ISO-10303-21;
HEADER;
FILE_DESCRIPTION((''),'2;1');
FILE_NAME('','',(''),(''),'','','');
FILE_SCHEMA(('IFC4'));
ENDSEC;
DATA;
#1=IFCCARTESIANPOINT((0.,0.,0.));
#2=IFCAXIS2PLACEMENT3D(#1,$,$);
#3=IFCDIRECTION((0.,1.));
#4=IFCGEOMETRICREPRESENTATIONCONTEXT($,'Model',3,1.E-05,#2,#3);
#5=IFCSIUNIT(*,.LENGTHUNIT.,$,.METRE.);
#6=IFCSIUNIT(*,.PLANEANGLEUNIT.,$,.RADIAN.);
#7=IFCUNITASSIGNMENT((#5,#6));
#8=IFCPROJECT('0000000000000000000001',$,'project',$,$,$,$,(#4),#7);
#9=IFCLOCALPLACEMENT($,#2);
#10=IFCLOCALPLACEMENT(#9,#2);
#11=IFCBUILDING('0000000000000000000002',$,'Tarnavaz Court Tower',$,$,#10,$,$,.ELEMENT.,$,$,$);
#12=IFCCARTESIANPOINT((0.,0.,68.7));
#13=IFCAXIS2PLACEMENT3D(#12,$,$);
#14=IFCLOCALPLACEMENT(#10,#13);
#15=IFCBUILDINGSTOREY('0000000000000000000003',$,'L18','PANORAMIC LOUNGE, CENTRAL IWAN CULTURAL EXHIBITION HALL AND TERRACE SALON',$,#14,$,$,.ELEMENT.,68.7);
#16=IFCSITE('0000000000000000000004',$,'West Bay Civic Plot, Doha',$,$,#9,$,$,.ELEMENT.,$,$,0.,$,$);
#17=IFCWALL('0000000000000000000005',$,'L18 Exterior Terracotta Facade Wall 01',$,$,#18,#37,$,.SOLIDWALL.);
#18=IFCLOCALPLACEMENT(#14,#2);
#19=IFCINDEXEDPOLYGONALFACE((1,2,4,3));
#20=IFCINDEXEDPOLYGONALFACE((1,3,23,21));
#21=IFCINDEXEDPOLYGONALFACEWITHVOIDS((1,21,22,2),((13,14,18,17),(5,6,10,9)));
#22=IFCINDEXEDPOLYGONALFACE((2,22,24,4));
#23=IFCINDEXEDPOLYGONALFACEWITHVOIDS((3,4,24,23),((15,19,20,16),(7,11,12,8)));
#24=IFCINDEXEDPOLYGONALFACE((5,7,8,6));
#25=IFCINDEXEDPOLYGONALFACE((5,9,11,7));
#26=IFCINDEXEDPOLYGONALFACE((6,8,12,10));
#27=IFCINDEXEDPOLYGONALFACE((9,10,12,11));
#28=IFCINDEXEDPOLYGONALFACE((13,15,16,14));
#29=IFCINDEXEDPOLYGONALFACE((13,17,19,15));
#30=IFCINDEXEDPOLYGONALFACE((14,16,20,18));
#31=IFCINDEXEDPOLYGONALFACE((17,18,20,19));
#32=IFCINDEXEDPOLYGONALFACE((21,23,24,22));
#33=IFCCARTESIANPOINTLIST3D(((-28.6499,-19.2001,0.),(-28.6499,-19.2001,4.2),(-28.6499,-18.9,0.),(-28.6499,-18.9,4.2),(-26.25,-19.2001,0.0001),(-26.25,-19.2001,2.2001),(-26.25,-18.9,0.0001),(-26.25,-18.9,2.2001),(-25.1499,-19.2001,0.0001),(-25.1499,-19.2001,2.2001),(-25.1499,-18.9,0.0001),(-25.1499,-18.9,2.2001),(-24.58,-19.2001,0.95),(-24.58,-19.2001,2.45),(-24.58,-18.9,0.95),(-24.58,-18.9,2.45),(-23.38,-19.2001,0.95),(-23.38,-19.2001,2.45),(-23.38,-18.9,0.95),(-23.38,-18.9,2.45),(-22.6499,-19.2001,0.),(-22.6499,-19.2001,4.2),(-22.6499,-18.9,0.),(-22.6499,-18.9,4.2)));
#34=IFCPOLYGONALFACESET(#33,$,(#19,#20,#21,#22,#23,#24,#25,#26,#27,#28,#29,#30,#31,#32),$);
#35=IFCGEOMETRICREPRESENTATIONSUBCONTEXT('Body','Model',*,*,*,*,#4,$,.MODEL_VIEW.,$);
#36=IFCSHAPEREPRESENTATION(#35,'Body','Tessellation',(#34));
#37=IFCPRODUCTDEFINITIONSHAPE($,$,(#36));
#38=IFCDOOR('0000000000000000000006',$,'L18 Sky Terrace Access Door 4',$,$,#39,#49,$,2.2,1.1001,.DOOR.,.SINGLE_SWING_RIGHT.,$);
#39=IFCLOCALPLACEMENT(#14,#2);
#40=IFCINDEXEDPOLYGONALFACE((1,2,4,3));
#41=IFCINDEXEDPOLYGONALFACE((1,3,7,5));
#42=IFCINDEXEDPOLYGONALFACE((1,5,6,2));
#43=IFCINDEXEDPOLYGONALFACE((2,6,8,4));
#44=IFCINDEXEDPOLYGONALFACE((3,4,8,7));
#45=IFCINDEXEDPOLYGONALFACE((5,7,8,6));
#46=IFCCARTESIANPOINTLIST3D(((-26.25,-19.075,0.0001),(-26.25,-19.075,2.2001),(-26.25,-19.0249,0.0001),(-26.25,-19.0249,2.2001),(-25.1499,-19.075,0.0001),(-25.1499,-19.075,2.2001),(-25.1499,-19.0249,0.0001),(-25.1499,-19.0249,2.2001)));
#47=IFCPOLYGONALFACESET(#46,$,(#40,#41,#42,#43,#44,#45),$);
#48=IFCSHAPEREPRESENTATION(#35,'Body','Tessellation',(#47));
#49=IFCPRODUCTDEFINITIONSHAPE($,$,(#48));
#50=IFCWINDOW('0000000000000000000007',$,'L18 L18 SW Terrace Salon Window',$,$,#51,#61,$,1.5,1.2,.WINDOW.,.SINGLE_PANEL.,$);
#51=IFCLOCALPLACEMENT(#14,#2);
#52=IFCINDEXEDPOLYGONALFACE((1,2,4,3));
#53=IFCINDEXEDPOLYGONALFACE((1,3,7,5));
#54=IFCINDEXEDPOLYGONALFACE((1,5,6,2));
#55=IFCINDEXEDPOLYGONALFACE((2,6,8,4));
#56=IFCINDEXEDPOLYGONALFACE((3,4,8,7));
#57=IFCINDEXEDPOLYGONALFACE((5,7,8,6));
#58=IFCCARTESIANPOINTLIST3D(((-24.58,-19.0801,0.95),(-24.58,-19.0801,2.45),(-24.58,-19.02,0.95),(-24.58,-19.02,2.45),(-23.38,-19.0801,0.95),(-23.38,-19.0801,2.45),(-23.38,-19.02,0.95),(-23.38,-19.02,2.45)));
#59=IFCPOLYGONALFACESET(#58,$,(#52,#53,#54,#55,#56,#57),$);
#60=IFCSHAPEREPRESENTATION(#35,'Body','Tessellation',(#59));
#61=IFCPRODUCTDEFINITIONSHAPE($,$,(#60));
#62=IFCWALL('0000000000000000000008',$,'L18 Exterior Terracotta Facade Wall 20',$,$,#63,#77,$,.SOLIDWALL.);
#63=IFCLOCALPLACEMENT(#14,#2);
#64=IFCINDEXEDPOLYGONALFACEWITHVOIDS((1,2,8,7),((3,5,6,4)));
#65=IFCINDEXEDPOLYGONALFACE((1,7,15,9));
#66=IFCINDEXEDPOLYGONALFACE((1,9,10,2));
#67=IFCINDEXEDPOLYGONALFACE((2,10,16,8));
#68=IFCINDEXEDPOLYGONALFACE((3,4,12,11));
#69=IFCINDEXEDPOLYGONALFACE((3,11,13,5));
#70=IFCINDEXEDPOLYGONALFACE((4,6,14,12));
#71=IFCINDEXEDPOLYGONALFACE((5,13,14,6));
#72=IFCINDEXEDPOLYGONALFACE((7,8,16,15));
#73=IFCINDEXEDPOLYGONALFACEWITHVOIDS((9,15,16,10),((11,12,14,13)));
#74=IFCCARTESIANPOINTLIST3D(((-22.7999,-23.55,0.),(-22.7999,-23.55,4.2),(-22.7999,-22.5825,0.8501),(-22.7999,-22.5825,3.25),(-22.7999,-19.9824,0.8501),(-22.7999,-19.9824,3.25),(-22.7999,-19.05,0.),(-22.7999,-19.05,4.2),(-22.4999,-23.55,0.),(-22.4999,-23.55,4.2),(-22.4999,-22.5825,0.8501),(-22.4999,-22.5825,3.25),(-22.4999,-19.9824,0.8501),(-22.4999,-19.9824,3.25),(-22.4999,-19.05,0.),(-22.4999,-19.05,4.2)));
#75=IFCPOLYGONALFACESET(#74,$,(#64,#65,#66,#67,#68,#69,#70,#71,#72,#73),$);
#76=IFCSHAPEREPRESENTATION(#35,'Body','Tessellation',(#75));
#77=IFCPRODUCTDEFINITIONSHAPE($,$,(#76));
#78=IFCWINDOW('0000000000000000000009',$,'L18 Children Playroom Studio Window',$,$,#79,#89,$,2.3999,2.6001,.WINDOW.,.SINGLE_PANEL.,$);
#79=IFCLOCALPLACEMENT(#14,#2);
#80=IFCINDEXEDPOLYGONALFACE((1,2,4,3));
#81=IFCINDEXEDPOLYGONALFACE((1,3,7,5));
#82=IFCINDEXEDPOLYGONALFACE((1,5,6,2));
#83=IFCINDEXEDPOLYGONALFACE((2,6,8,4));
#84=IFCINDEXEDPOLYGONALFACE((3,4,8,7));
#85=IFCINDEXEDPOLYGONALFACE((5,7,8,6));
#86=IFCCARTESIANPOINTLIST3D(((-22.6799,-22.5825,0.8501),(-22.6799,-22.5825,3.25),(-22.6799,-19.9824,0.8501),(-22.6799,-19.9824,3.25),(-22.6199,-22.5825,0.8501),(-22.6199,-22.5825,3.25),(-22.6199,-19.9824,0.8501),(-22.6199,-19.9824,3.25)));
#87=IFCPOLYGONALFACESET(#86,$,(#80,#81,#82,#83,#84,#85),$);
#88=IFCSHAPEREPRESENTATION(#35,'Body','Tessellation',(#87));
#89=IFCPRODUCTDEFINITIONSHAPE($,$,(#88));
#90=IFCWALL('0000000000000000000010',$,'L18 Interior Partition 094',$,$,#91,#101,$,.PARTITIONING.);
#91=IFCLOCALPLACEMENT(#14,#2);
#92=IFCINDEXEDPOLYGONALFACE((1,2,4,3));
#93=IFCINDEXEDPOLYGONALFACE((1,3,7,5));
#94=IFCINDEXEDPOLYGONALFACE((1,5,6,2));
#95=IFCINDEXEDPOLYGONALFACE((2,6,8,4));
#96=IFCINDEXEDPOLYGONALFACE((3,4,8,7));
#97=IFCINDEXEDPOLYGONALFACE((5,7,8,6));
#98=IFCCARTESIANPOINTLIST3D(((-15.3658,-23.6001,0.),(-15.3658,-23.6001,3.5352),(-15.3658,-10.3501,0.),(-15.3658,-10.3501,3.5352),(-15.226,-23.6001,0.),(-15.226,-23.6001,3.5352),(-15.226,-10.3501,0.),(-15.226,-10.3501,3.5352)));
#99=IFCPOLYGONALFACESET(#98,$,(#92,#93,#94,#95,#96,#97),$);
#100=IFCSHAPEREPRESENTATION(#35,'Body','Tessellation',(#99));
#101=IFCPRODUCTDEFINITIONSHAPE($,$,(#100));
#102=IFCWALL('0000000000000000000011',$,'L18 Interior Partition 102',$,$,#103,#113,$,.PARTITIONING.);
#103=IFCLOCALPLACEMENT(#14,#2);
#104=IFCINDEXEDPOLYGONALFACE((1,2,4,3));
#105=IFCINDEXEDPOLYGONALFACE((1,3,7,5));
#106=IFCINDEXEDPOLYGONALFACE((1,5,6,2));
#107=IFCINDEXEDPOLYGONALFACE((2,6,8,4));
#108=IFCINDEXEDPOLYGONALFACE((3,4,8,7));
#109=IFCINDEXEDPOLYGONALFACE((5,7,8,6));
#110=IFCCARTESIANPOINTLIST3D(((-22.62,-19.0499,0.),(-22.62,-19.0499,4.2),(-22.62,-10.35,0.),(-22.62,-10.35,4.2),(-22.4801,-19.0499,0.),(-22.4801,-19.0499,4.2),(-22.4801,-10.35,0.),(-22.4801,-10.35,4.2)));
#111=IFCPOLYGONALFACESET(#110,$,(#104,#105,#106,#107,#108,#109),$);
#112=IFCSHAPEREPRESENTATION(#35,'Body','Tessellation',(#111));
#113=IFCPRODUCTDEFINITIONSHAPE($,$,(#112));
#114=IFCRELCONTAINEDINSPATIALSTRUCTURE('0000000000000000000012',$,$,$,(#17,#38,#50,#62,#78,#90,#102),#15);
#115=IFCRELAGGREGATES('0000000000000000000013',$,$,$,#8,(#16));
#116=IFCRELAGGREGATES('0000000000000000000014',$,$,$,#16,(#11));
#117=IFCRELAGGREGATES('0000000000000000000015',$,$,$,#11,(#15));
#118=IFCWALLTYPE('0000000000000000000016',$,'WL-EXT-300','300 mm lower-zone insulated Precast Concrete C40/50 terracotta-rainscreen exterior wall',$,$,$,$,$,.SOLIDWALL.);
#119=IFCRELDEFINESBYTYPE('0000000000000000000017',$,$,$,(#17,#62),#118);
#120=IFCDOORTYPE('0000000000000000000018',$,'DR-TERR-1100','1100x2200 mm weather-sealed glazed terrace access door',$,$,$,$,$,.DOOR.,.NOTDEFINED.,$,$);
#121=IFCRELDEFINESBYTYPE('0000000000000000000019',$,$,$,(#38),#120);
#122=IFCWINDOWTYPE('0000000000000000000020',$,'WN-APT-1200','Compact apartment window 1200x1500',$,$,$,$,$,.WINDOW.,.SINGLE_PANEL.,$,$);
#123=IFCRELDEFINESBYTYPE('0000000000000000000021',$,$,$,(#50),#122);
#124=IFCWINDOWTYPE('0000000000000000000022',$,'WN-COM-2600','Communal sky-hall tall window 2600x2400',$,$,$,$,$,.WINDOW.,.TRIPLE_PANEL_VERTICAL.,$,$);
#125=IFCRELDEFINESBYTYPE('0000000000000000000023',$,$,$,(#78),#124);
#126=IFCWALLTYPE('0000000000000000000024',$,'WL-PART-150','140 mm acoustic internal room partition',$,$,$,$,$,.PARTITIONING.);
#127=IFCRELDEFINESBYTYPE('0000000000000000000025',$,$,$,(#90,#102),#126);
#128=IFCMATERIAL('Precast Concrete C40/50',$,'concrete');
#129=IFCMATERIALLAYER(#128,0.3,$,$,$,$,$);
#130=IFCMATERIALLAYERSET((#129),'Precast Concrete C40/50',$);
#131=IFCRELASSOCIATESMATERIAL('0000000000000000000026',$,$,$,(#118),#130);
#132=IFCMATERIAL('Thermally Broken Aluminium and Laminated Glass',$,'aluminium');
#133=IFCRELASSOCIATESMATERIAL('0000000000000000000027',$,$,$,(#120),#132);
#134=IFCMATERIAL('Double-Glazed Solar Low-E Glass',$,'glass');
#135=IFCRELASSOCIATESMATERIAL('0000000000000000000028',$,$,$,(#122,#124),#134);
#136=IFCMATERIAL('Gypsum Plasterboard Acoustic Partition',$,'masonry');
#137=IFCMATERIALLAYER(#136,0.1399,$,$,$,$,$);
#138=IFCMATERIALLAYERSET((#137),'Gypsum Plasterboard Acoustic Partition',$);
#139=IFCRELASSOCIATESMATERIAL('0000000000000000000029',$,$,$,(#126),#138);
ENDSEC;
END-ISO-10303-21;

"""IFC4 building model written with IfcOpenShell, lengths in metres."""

from ifc_helpers import new_model, si_unit, direction, frame, frame_2d, origin, place, context, subcontext, project, spatial, rectangle, extrude, material, layer, layer_set, type_object, element, fill, save


model = new_model("IFC4")

# Units and contexts
model_context = context("Model", 3, precision=1e-05, world=origin(), true_north=direction((0.0, 1.0)))
body_context = subcontext(model_context, "Body", "Model", "MODEL_VIEW")
ifc_project = project(units=[si_unit("LENGTHUNIT", "METRE"), si_unit("PLANEANGLEUNIT", "RADIAN")], contexts=[model_context])

# Site, building, storey
site_placement = place(None, origin())
site = spatial("IfcSite", under=ifc_project, at=site_placement, Name="West Bay Civic Plot, Doha", CompositionType="ELEMENT", RefElevation=0.0)
building_placement = place(site_placement, origin())
building = spatial("IfcBuilding", under=site, at=building_placement, Name="Tarnavaz Court Tower", CompositionType="ELEMENT")
storey_placement = place(building_placement, frame((0.0, 0.0, 68.7)))
storey = spatial("IfcBuildingStorey", under=building, at=storey_placement, Name="L18", Description="PANORAMIC LOUNGE, CENTRAL IWAN CULTURAL EXHIBITION HALL AND TERRACE SALON", CompositionType="ELEMENT", Elevation=68.7)

# Shared definitions
ifc_material_1 = material(Name="Double-Glazed Solar Low-E Glass", Category="glass")

# Wall, openings, door, window
ifc_material_2 = material(Name="Precast Concrete C40/50", Category="concrete")
ifc_layer_1 = layer(ifc_material_2, 0.3)
ifc_layer_set_1 = layer_set([ifc_layer_1], Name="Precast Concrete C40/50")
wall_type_1 = type_object("IfcWallType", Name="WL-EXT-300", Description="300 mm lower-zone insulated Precast Concrete C40/50 terracotta-rainscreen exterior wall", PredefinedType="SOLIDWALL", material=ifc_layer_set_1)
wall_1_placement = place(storey_placement, frame((-22.6499, -19.05, 0.0), z_axis=(0.0, 0.0, 1.0), x_axis=(-1.0, 0.0, 0.0)))
wall_1 = element("IfcWall", 1, at=wall_1_placement, inside=storey, type_object=wall_type_1, Name="L18 Exterior Terracotta Facade Wall 01", PredefinedType="SOLIDWALL", context=body_context, shape_type="SweptSolid", body=[
    extrude(rectangle(XDim=6.0, YDim=0.3, at=frame_2d((3.0, 0.0))), origin(), (0.0, 0.0, 1.0), 4.2),
])
opening_1_placement = place(wall_1_placement, frame((2.5, 0.0, 0.0)))
opening_1 = element("IfcOpeningElement", 2, at=opening_1_placement, cuts=wall_1, PredefinedType="OPENING", context=body_context, shape_type="SweptSolid", body=[
    extrude(rectangle(XDim=1.1001, YDim=2.2, at=frame_2d((0.55, 1.1001))), frame((0.0, 0.1599, 0.0), z_axis=(0.0, -1.0, 0.0), x_axis=(1.0, 0.0, 0.0)), (0.0, 0.0, 1.0), 0.3201),
])
opening_2_placement = place(wall_1_placement, frame((0.73, 0.0, 0.95)))
opening_2 = element("IfcOpeningElement", 3, at=opening_2_placement, cuts=wall_1, PredefinedType="OPENING", context=body_context, shape_type="SweptSolid", body=[
    extrude(rectangle(XDim=1.2, YDim=1.5, at=frame_2d((0.6001, 0.75))), frame((0.0, 0.1599, 0.0), z_axis=(0.0, -1.0, 0.0), x_axis=(1.0, 0.0, 0.0)), (0.0, 0.0, 1.0), 0.3201),
])
ifc_material_3 = material(Name="Thermally Broken Aluminium and Laminated Glass", Category="aluminium")
door_type = type_object("IfcDoorType", Name="DR-TERR-1100", Description="1100x2200 mm weather-sealed glazed terrace access door", OperationType="NOTDEFINED", PredefinedType="DOOR", material=ifc_material_3)
door_placement = place(opening_1_placement, origin())
door = element("IfcDoor", 4, at=door_placement, inside=storey, type_object=door_type, Name="L18 Sky Terrace Access Door 4", OperationType="SINGLE_SWING_RIGHT", OverallHeight=2.2, OverallWidth=1.1001, PredefinedType="DOOR", context=body_context, shape_type="SweptSolid", body=[
    extrude(rectangle(XDim=1.1001, YDim=2.2, at=frame_2d((0.55, 1.1001))), frame((0.0, 0.0249, 0.0), z_axis=(0.0, -1.0, 0.0), x_axis=(1.0, 0.0, 0.0)), (0.0, 0.0, 1.0), 0.05),
])
fill(opening_1, door)
window_type_1 = type_object("IfcWindowType", Name="WN-APT-1200", Description="Compact apartment window 1200x1500", PartitioningType="SINGLE_PANEL", PredefinedType="WINDOW", material=ifc_material_1)
window_1_placement = place(opening_2_placement, origin())
window_1 = element("IfcWindow", 5, at=window_1_placement, inside=storey, type_object=window_type_1, Name="L18 L18 SW Terrace Salon Window", OverallHeight=1.5, OverallWidth=1.2, PartitioningType="SINGLE_PANEL", PredefinedType="WINDOW", context=body_context, shape_type="SweptSolid", body=[
    extrude(rectangle(XDim=1.2, YDim=1.5, at=frame_2d((0.6001, 0.75))), frame((0.0, 0.03, 0.0), z_axis=(0.0, -1.0, 0.0), x_axis=(1.0, 0.0, 0.0)), (0.0, 0.0, 1.0), 0.0601),
])
fill(opening_2, window_1)

# Wall, opening, window
wall_2_placement = place(storey_placement, frame((-22.6499, -23.55, 0.0), z_axis=(0.0, 0.0, 1.0), x_axis=(0.0, 1.0, 0.0)))
wall_2 = element("IfcWall", 6, at=wall_2_placement, inside=storey, type_object=wall_type_1, Name="L18 Exterior Terracotta Facade Wall 20", PredefinedType="SOLIDWALL", context=body_context, shape_type="SweptSolid", body=[
    extrude(rectangle(XDim=4.5, YDim=0.3, at=frame_2d((2.25, 0.0))), origin(), (0.0, 0.0, 1.0), 4.2),
])
opening_3_placement = place(wall_2_placement, frame((0.9675, 0.0, 0.8501)))
opening_3 = element("IfcOpeningElement", 7, at=opening_3_placement, cuts=wall_2, PredefinedType="OPENING", context=body_context, shape_type="SweptSolid", body=[
    extrude(rectangle(XDim=2.6001, YDim=2.3999, at=frame_2d((1.3, 1.2))), frame((0.0, 0.1599, 0.0), z_axis=(0.0, -1.0, 0.0), x_axis=(1.0, 0.0, 0.0)), (0.0, 0.0, 1.0), 0.3201),
])
window_type_2 = type_object("IfcWindowType", Name="WN-COM-2600", Description="Communal sky-hall tall window 2600x2400", PartitioningType="TRIPLE_PANEL_VERTICAL", PredefinedType="WINDOW", material=ifc_material_1)
window_2_placement = place(opening_3_placement, origin())
window_2 = element("IfcWindow", 8, at=window_2_placement, inside=storey, type_object=window_type_2, Name="L18 Children Playroom Studio Window", OverallHeight=2.3999, OverallWidth=2.6001, PartitioningType="SINGLE_PANEL", PredefinedType="WINDOW", context=body_context, shape_type="SweptSolid", body=[
    extrude(rectangle(XDim=2.6001, YDim=2.3999, at=frame_2d((1.3, 1.2))), frame((0.0, 0.03, 0.0), z_axis=(0.0, -1.0, 0.0), x_axis=(1.0, 0.0, 0.0)), (0.0, 0.0, 1.0), 0.0601),
])
fill(opening_3, window_2)

# Walls
ifc_material_4 = material(Name="Gypsum Plasterboard Acoustic Partition", Category="masonry")
ifc_layer_2 = layer(ifc_material_4, 0.1399)
ifc_layer_set_2 = layer_set([ifc_layer_2], Name="Gypsum Plasterboard Acoustic Partition")
wall_type_2 = type_object("IfcWallType", Name="WL-PART-150", Description="140 mm acoustic internal room partition", PredefinedType="PARTITIONING", material=ifc_layer_set_2)
wall_3_placement = place(storey_placement, frame((-15.2959, -23.6001, 0.0), z_axis=(0.0, 0.0, 1.0), x_axis=(0.0, 1.0, 0.0)))
element("IfcWall", 9, at=wall_3_placement, inside=storey, type_object=wall_type_2, Name="L18 Interior Partition 094", PredefinedType="PARTITIONING", context=body_context, shape_type="SweptSolid", body=[
    extrude(rectangle(XDim=13.25, YDim=0.1399, at=frame_2d((6.625, 0.0))), origin(), (0.0, 0.0, 1.0), 3.5352),
])
wall_4_placement = place(storey_placement, frame((-22.55, -19.05, 0.0), z_axis=(0.0, 0.0, 1.0), x_axis=(0.0, 1.0, 0.0)))
element("IfcWall", 10, at=wall_4_placement, inside=storey, type_object=wall_type_2, Name="L18 Interior Partition 102", PredefinedType="PARTITIONING", context=body_context, shape_type="SweptSolid", body=[
    extrude(rectangle(XDim=8.7, YDim=0.1399, at=frame_2d((4.3501, 0.0))), origin(), (0.0, 0.0, 1.0), 4.2),
])

save(model, "model.ifc")
